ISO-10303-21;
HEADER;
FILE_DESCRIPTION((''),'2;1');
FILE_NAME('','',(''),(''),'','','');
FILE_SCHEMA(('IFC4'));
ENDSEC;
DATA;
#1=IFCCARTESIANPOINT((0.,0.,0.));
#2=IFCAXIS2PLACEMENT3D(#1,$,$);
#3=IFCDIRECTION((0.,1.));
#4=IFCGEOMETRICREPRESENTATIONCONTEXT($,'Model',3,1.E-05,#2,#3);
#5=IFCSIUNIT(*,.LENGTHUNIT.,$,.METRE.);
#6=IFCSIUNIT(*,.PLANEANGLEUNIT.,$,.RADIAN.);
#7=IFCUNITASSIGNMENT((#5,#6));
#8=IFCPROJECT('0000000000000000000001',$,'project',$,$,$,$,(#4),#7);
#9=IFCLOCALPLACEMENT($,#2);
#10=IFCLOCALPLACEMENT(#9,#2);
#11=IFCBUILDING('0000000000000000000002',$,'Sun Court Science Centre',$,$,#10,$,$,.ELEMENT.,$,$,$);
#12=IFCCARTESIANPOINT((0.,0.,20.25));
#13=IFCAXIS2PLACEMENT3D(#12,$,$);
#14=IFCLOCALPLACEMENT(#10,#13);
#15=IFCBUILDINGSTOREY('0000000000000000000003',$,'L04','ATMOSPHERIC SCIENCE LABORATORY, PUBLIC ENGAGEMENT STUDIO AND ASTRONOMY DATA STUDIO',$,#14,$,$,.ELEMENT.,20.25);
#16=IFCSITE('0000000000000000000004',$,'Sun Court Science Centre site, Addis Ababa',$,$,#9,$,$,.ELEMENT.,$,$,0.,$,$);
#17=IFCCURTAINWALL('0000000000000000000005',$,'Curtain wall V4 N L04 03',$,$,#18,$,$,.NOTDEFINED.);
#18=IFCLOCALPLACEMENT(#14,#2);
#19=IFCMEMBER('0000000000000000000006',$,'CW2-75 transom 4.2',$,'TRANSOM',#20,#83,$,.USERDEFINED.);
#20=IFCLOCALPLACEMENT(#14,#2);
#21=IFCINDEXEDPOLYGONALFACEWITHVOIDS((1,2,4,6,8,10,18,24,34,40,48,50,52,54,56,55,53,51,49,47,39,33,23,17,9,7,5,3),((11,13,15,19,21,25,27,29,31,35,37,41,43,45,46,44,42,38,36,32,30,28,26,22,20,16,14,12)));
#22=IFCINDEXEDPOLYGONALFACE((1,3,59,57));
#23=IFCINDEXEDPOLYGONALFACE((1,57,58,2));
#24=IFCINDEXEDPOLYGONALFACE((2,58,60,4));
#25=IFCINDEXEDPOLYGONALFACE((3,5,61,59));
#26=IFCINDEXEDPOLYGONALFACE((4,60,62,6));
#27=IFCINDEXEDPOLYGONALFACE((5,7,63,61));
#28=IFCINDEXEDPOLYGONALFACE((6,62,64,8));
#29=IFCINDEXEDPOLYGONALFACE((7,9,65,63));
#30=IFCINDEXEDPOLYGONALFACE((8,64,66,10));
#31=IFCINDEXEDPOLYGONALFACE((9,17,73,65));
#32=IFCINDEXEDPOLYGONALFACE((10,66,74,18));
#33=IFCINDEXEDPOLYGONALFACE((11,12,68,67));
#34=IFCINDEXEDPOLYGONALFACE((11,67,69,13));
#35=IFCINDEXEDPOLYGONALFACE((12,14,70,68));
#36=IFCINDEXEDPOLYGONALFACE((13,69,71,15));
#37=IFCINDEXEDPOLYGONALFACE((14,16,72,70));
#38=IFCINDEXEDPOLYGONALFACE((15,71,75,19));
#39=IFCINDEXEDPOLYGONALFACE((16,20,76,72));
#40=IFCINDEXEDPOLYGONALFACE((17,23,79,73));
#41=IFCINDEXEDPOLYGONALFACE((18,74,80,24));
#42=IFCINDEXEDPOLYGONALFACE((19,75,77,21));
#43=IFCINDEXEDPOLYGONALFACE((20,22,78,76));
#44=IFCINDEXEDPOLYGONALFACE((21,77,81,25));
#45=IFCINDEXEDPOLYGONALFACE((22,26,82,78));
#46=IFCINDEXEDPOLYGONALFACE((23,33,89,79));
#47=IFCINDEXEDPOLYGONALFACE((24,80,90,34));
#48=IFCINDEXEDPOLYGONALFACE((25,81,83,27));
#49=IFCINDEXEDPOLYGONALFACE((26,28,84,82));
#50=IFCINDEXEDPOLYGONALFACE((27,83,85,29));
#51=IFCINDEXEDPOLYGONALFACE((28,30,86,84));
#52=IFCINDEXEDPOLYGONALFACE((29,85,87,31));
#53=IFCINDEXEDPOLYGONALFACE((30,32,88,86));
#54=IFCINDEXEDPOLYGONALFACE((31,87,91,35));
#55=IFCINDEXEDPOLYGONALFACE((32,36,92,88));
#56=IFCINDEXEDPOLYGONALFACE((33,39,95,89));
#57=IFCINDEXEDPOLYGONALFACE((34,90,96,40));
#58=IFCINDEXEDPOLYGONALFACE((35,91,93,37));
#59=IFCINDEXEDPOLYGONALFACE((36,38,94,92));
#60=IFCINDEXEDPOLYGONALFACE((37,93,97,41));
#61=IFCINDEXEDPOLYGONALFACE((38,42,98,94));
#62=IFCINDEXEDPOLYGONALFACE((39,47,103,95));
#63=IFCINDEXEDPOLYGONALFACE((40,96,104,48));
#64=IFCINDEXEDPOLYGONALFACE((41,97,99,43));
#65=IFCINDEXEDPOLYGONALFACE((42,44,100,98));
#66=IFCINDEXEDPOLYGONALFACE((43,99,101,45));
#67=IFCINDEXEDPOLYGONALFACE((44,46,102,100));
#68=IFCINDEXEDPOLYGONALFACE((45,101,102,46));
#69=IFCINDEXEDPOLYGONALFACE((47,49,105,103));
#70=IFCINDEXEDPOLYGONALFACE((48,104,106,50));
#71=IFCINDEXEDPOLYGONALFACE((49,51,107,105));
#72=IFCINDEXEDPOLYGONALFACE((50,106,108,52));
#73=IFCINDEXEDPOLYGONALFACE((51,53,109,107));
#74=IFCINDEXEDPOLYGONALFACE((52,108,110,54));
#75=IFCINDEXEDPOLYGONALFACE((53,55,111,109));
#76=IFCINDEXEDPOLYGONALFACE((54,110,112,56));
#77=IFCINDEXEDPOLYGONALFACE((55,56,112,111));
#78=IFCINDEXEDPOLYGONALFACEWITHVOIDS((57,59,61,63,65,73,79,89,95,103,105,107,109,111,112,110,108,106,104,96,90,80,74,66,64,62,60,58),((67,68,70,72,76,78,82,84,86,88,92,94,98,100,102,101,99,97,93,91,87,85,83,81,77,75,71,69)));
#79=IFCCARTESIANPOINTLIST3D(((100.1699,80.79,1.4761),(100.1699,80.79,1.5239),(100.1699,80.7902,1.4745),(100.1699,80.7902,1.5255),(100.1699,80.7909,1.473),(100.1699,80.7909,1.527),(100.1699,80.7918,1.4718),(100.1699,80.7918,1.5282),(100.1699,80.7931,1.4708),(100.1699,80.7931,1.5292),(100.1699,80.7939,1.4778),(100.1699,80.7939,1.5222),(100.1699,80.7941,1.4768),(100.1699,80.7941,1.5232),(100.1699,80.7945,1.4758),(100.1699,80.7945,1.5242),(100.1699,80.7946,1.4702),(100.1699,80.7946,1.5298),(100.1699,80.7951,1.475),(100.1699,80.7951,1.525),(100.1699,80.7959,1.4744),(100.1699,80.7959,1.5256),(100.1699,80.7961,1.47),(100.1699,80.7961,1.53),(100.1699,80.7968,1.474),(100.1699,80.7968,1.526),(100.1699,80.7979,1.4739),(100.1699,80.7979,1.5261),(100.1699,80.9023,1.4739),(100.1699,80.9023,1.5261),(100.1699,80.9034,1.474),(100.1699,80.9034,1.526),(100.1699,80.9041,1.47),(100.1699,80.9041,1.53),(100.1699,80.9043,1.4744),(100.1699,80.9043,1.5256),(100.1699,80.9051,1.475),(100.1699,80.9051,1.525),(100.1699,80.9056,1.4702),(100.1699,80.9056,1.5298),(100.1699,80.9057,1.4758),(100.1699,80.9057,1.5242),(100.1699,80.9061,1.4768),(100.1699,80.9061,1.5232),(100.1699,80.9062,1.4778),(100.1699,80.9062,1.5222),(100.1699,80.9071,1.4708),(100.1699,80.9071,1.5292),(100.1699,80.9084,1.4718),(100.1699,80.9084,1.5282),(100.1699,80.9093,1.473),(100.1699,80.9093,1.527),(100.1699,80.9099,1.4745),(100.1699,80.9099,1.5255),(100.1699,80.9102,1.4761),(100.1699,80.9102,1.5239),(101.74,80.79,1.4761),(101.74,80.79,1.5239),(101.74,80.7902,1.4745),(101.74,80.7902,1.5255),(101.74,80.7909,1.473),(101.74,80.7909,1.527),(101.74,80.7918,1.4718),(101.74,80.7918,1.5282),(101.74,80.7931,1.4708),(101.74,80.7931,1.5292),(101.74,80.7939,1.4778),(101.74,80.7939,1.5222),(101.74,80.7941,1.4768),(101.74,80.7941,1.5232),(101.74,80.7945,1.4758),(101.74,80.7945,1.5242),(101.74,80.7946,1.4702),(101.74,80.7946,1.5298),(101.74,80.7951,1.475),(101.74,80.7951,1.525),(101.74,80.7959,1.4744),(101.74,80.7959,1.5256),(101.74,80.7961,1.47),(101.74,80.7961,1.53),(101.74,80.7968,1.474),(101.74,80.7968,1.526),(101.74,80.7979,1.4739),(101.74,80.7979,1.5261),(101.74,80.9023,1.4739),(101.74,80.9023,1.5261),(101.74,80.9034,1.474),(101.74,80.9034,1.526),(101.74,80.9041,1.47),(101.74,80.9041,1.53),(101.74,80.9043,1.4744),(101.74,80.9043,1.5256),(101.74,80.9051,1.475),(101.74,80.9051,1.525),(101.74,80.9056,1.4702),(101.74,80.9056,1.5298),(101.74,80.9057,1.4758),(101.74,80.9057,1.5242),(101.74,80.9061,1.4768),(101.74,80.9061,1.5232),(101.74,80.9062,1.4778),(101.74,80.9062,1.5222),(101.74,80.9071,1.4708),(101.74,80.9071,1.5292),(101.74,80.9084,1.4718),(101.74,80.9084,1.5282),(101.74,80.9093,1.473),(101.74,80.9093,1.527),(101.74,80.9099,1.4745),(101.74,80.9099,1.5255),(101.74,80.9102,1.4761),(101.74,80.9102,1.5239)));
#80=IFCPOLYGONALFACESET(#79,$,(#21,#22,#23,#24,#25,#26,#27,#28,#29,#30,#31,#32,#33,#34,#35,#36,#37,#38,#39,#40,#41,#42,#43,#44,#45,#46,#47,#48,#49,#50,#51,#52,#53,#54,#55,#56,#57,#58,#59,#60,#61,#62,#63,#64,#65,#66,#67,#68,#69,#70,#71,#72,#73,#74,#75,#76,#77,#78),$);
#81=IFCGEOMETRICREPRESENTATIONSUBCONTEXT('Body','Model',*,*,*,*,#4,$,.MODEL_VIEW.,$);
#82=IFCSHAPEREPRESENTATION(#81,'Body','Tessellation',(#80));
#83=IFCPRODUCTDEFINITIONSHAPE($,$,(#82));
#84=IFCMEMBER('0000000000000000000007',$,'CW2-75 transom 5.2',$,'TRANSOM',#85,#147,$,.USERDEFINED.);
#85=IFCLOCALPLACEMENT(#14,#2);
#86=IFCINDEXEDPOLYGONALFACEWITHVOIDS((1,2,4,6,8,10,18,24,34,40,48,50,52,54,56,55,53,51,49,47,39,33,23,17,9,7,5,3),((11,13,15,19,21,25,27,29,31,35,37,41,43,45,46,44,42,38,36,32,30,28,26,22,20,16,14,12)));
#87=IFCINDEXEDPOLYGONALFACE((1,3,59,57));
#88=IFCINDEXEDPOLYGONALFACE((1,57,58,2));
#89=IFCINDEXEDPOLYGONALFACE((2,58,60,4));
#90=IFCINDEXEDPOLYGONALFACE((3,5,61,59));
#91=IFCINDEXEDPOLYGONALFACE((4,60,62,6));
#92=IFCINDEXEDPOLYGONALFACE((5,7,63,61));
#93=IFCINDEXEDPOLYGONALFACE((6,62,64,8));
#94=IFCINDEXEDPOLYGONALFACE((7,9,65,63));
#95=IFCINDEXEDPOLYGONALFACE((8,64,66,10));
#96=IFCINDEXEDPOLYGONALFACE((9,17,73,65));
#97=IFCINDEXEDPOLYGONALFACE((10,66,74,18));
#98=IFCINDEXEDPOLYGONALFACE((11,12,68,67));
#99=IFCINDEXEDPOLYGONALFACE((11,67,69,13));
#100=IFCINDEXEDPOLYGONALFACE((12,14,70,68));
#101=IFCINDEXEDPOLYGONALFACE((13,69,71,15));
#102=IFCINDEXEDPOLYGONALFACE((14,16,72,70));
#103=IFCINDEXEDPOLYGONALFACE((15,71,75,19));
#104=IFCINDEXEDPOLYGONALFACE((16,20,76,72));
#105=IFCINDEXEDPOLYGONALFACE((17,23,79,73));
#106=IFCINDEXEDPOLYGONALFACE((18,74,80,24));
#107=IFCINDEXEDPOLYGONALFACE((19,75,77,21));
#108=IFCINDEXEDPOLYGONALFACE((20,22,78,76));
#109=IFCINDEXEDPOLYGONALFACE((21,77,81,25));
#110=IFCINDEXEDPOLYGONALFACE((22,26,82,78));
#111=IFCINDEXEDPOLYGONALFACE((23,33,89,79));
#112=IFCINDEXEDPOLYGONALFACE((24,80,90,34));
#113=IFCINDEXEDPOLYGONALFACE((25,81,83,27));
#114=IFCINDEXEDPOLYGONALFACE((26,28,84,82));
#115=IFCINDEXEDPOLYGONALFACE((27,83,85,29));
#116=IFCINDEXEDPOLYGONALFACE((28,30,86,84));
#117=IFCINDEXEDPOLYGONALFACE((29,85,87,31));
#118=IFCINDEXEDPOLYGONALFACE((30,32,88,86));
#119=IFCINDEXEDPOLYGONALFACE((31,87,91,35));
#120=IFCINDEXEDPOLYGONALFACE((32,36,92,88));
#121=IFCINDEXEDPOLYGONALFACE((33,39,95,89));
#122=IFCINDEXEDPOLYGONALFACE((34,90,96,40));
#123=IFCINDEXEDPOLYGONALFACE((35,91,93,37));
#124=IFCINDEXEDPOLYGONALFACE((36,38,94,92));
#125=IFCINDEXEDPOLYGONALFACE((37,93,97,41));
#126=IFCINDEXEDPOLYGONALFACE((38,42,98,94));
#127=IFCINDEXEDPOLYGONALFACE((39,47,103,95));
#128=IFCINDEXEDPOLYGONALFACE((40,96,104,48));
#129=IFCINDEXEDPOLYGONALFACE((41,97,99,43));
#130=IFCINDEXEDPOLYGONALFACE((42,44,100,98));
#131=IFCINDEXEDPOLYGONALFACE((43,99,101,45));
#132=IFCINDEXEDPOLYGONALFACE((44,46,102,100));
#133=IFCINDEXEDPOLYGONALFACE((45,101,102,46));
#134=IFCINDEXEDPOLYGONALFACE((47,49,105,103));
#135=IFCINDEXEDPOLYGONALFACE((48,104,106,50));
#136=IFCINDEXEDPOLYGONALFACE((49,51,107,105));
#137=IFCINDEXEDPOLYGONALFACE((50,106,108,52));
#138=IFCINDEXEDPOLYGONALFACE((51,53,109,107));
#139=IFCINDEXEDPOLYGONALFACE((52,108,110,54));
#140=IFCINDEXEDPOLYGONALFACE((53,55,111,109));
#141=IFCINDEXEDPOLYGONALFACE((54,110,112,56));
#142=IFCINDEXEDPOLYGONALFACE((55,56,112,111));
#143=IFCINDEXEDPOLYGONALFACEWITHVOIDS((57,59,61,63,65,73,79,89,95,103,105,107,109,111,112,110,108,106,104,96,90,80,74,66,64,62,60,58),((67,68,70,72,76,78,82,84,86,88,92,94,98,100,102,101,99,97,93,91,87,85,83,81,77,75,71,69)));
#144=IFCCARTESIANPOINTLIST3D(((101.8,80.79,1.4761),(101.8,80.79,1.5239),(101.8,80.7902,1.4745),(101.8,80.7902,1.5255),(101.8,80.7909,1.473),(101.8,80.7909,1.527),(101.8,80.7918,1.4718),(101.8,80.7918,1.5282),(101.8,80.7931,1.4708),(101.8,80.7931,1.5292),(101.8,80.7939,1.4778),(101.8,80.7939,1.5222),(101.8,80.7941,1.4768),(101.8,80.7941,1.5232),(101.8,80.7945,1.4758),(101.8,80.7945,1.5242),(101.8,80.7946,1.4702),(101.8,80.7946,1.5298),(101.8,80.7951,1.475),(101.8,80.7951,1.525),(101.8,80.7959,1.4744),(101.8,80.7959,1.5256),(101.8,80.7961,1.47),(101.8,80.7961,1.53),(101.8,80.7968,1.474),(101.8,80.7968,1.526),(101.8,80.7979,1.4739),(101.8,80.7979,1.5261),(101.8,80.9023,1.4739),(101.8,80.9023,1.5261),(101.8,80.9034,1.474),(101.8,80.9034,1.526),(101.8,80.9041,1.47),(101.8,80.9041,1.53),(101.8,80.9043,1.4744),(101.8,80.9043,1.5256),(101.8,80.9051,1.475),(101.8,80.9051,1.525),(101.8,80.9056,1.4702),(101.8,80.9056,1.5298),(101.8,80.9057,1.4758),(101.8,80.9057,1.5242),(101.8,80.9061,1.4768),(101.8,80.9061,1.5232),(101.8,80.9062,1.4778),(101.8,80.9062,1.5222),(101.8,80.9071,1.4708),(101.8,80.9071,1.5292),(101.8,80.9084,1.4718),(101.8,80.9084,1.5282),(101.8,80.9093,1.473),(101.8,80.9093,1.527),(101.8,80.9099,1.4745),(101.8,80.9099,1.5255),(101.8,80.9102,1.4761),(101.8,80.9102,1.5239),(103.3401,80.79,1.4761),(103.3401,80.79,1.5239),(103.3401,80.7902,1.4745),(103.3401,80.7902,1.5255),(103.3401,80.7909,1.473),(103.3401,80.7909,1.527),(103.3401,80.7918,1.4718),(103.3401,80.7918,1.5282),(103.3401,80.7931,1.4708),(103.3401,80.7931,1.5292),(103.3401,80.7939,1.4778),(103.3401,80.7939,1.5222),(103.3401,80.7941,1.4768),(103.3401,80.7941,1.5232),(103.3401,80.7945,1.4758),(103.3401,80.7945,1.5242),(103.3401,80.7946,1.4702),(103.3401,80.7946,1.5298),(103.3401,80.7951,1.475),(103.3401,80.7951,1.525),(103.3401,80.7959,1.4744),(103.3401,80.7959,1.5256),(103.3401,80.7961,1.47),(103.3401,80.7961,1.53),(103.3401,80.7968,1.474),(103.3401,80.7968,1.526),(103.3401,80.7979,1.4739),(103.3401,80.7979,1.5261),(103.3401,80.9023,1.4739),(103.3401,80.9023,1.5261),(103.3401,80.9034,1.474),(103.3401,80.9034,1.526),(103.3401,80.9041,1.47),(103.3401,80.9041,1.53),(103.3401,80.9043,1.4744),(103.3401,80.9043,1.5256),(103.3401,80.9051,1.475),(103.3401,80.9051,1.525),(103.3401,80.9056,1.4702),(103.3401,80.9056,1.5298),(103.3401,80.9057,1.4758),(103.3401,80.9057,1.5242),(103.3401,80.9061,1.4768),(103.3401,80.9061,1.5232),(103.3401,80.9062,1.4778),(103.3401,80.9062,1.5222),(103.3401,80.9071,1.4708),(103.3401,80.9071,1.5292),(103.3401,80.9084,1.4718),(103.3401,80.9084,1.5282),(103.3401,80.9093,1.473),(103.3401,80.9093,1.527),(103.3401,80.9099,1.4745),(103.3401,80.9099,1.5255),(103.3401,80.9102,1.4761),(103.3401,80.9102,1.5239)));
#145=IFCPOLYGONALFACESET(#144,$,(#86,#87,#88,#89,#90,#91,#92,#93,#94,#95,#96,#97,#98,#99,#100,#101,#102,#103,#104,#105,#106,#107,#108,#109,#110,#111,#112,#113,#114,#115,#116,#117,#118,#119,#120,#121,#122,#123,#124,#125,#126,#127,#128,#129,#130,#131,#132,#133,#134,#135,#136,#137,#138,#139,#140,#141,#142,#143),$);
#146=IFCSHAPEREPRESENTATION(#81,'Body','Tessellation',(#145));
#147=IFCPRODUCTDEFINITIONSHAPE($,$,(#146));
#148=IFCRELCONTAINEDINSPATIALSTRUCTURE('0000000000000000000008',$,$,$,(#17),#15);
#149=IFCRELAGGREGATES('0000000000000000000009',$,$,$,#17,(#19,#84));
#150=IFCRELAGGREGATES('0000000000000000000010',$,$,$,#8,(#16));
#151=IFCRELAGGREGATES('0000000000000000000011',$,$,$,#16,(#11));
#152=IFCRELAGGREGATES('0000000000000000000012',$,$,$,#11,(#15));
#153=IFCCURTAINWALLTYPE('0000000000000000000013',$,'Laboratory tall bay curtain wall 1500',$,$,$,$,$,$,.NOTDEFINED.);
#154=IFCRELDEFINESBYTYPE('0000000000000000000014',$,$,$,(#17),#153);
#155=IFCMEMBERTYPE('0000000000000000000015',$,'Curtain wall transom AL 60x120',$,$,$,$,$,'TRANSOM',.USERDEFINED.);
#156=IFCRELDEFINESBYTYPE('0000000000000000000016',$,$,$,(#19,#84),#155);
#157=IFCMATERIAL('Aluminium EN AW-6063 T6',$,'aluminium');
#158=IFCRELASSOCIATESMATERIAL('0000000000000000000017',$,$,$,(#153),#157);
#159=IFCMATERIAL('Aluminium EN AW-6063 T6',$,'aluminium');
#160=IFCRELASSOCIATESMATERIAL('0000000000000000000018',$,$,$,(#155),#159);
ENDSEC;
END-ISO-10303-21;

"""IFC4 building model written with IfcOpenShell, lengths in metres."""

from ifc_helpers import new_model, si_unit, direction, frame, origin, origin_2d, place, context, subcontext, project, spatial, hollow_rectangle, extrude, material, material_profile, profile_set, type_object, element, aggregate, save


model = new_model("IFC4")

# Units and contexts
model_context = context("Model", 3, precision=1e-05, world=origin(), true_north=direction((0.0, 1.0)))
body_context = subcontext(model_context, "Body", "Model", "MODEL_VIEW")
ifc_project = project(units=[si_unit("LENGTHUNIT", "METRE"), si_unit("PLANEANGLEUNIT", "RADIAN")], contexts=[model_context])

# Site, building, storey
site_placement = place(None, origin())
site = spatial("IfcSite", under=ifc_project, at=site_placement, Name="Sun Court Science Centre site, Addis Ababa", CompositionType="ELEMENT", RefElevation=0.0)
building_placement = place(site_placement, origin())
building = spatial("IfcBuilding", under=site, at=building_placement, Name="Sun Court Science Centre", CompositionType="ELEMENT")
storey_placement = place(building_placement, frame((0.0, 0.0, 20.25)))
storey = spatial("IfcBuildingStorey", under=building, at=storey_placement, Name="L04", Description="ATMOSPHERIC SCIENCE LABORATORY, PUBLIC ENGAGEMENT STUDIO AND ASTRONOMY DATA STUDIO", CompositionType="ELEMENT", Elevation=20.25)

# Curtain wall, members
ifc_material_1 = material(Name="Aluminium EN AW-6063 T6", Category="aluminium")
curtain_wall_type = type_object("IfcCurtainWallType", Name="Laboratory tall bay curtain wall 1500", PredefinedType="NOTDEFINED", material=ifc_material_1)
curtain_wall_placement = place(storey_placement, origin())
curtain_wall = element("IfcCurtainWall", 1, at=curtain_wall_placement, inside=storey, type_object=curtain_wall_type, Name="Curtain wall V4 N L04 03", PredefinedType="NOTDEFINED")
ifc_material_2 = material(Name="Aluminium EN AW-6063 T6", Category="aluminium")
ifc_material_profile_1 = material_profile(ifc_material_2, hollow_rectangle(XDim=0.0601, YDim=0.1201, WallThickness=0.0039, InnerFilletRadius=0.0039, OuterFilletRadius=0.0061, at=origin_2d()), Name="AL 60x120x4")
ifc_profile_set_1 = profile_set([ifc_material_profile_1], Name="Aluminium EN AW-6063 T6")
member_type_1 = type_object("IfcMemberType", Name="Curtain wall transom AL 60x120", ElementType="TRANSOM", PredefinedType="USERDEFINED", material=ifc_profile_set_1)
member_1_placement = place(storey_placement, frame((100.1699, 80.8501, 1.5), z_axis=(1.0, 0.0, 0.0), x_axis=(0.0, 0.0, 1.0)))
member_1 = element("IfcMember", 2, at=member_1_placement, type_object=member_type_1, Name="CW2-75 transom 4.2", ObjectType="TRANSOM", PredefinedType="USERDEFINED", context=body_context, shape_type="SweptSolid", body=[
    extrude(hollow_rectangle(XDim=0.0601, YDim=0.1201, WallThickness=0.0039, InnerFilletRadius=0.0039, OuterFilletRadius=0.0061, at=origin_2d()), origin(), (0.0, 0.0, 1.0), 1.5701),
])
member_2_placement = place(storey_placement, frame((101.8, 80.8501, 1.5), z_axis=(1.0, 0.0, 0.0), x_axis=(0.0, 0.0, 1.0)))
member_2 = element("IfcMember", 3, at=member_2_placement, type_object=member_type_1, Name="CW2-75 transom 5.2", ObjectType="TRANSOM", PredefinedType="USERDEFINED", context=body_context, shape_type="SweptSolid", body=[
    extrude(hollow_rectangle(XDim=0.0601, YDim=0.1201, WallThickness=0.0039, InnerFilletRadius=0.0039, OuterFilletRadius=0.0061, at=origin_2d()), origin(), (0.0, 0.0, 1.0), 1.54),
])

aggregate(curtain_wall, [member_1, member_2])

save(model, "model.ifc")
